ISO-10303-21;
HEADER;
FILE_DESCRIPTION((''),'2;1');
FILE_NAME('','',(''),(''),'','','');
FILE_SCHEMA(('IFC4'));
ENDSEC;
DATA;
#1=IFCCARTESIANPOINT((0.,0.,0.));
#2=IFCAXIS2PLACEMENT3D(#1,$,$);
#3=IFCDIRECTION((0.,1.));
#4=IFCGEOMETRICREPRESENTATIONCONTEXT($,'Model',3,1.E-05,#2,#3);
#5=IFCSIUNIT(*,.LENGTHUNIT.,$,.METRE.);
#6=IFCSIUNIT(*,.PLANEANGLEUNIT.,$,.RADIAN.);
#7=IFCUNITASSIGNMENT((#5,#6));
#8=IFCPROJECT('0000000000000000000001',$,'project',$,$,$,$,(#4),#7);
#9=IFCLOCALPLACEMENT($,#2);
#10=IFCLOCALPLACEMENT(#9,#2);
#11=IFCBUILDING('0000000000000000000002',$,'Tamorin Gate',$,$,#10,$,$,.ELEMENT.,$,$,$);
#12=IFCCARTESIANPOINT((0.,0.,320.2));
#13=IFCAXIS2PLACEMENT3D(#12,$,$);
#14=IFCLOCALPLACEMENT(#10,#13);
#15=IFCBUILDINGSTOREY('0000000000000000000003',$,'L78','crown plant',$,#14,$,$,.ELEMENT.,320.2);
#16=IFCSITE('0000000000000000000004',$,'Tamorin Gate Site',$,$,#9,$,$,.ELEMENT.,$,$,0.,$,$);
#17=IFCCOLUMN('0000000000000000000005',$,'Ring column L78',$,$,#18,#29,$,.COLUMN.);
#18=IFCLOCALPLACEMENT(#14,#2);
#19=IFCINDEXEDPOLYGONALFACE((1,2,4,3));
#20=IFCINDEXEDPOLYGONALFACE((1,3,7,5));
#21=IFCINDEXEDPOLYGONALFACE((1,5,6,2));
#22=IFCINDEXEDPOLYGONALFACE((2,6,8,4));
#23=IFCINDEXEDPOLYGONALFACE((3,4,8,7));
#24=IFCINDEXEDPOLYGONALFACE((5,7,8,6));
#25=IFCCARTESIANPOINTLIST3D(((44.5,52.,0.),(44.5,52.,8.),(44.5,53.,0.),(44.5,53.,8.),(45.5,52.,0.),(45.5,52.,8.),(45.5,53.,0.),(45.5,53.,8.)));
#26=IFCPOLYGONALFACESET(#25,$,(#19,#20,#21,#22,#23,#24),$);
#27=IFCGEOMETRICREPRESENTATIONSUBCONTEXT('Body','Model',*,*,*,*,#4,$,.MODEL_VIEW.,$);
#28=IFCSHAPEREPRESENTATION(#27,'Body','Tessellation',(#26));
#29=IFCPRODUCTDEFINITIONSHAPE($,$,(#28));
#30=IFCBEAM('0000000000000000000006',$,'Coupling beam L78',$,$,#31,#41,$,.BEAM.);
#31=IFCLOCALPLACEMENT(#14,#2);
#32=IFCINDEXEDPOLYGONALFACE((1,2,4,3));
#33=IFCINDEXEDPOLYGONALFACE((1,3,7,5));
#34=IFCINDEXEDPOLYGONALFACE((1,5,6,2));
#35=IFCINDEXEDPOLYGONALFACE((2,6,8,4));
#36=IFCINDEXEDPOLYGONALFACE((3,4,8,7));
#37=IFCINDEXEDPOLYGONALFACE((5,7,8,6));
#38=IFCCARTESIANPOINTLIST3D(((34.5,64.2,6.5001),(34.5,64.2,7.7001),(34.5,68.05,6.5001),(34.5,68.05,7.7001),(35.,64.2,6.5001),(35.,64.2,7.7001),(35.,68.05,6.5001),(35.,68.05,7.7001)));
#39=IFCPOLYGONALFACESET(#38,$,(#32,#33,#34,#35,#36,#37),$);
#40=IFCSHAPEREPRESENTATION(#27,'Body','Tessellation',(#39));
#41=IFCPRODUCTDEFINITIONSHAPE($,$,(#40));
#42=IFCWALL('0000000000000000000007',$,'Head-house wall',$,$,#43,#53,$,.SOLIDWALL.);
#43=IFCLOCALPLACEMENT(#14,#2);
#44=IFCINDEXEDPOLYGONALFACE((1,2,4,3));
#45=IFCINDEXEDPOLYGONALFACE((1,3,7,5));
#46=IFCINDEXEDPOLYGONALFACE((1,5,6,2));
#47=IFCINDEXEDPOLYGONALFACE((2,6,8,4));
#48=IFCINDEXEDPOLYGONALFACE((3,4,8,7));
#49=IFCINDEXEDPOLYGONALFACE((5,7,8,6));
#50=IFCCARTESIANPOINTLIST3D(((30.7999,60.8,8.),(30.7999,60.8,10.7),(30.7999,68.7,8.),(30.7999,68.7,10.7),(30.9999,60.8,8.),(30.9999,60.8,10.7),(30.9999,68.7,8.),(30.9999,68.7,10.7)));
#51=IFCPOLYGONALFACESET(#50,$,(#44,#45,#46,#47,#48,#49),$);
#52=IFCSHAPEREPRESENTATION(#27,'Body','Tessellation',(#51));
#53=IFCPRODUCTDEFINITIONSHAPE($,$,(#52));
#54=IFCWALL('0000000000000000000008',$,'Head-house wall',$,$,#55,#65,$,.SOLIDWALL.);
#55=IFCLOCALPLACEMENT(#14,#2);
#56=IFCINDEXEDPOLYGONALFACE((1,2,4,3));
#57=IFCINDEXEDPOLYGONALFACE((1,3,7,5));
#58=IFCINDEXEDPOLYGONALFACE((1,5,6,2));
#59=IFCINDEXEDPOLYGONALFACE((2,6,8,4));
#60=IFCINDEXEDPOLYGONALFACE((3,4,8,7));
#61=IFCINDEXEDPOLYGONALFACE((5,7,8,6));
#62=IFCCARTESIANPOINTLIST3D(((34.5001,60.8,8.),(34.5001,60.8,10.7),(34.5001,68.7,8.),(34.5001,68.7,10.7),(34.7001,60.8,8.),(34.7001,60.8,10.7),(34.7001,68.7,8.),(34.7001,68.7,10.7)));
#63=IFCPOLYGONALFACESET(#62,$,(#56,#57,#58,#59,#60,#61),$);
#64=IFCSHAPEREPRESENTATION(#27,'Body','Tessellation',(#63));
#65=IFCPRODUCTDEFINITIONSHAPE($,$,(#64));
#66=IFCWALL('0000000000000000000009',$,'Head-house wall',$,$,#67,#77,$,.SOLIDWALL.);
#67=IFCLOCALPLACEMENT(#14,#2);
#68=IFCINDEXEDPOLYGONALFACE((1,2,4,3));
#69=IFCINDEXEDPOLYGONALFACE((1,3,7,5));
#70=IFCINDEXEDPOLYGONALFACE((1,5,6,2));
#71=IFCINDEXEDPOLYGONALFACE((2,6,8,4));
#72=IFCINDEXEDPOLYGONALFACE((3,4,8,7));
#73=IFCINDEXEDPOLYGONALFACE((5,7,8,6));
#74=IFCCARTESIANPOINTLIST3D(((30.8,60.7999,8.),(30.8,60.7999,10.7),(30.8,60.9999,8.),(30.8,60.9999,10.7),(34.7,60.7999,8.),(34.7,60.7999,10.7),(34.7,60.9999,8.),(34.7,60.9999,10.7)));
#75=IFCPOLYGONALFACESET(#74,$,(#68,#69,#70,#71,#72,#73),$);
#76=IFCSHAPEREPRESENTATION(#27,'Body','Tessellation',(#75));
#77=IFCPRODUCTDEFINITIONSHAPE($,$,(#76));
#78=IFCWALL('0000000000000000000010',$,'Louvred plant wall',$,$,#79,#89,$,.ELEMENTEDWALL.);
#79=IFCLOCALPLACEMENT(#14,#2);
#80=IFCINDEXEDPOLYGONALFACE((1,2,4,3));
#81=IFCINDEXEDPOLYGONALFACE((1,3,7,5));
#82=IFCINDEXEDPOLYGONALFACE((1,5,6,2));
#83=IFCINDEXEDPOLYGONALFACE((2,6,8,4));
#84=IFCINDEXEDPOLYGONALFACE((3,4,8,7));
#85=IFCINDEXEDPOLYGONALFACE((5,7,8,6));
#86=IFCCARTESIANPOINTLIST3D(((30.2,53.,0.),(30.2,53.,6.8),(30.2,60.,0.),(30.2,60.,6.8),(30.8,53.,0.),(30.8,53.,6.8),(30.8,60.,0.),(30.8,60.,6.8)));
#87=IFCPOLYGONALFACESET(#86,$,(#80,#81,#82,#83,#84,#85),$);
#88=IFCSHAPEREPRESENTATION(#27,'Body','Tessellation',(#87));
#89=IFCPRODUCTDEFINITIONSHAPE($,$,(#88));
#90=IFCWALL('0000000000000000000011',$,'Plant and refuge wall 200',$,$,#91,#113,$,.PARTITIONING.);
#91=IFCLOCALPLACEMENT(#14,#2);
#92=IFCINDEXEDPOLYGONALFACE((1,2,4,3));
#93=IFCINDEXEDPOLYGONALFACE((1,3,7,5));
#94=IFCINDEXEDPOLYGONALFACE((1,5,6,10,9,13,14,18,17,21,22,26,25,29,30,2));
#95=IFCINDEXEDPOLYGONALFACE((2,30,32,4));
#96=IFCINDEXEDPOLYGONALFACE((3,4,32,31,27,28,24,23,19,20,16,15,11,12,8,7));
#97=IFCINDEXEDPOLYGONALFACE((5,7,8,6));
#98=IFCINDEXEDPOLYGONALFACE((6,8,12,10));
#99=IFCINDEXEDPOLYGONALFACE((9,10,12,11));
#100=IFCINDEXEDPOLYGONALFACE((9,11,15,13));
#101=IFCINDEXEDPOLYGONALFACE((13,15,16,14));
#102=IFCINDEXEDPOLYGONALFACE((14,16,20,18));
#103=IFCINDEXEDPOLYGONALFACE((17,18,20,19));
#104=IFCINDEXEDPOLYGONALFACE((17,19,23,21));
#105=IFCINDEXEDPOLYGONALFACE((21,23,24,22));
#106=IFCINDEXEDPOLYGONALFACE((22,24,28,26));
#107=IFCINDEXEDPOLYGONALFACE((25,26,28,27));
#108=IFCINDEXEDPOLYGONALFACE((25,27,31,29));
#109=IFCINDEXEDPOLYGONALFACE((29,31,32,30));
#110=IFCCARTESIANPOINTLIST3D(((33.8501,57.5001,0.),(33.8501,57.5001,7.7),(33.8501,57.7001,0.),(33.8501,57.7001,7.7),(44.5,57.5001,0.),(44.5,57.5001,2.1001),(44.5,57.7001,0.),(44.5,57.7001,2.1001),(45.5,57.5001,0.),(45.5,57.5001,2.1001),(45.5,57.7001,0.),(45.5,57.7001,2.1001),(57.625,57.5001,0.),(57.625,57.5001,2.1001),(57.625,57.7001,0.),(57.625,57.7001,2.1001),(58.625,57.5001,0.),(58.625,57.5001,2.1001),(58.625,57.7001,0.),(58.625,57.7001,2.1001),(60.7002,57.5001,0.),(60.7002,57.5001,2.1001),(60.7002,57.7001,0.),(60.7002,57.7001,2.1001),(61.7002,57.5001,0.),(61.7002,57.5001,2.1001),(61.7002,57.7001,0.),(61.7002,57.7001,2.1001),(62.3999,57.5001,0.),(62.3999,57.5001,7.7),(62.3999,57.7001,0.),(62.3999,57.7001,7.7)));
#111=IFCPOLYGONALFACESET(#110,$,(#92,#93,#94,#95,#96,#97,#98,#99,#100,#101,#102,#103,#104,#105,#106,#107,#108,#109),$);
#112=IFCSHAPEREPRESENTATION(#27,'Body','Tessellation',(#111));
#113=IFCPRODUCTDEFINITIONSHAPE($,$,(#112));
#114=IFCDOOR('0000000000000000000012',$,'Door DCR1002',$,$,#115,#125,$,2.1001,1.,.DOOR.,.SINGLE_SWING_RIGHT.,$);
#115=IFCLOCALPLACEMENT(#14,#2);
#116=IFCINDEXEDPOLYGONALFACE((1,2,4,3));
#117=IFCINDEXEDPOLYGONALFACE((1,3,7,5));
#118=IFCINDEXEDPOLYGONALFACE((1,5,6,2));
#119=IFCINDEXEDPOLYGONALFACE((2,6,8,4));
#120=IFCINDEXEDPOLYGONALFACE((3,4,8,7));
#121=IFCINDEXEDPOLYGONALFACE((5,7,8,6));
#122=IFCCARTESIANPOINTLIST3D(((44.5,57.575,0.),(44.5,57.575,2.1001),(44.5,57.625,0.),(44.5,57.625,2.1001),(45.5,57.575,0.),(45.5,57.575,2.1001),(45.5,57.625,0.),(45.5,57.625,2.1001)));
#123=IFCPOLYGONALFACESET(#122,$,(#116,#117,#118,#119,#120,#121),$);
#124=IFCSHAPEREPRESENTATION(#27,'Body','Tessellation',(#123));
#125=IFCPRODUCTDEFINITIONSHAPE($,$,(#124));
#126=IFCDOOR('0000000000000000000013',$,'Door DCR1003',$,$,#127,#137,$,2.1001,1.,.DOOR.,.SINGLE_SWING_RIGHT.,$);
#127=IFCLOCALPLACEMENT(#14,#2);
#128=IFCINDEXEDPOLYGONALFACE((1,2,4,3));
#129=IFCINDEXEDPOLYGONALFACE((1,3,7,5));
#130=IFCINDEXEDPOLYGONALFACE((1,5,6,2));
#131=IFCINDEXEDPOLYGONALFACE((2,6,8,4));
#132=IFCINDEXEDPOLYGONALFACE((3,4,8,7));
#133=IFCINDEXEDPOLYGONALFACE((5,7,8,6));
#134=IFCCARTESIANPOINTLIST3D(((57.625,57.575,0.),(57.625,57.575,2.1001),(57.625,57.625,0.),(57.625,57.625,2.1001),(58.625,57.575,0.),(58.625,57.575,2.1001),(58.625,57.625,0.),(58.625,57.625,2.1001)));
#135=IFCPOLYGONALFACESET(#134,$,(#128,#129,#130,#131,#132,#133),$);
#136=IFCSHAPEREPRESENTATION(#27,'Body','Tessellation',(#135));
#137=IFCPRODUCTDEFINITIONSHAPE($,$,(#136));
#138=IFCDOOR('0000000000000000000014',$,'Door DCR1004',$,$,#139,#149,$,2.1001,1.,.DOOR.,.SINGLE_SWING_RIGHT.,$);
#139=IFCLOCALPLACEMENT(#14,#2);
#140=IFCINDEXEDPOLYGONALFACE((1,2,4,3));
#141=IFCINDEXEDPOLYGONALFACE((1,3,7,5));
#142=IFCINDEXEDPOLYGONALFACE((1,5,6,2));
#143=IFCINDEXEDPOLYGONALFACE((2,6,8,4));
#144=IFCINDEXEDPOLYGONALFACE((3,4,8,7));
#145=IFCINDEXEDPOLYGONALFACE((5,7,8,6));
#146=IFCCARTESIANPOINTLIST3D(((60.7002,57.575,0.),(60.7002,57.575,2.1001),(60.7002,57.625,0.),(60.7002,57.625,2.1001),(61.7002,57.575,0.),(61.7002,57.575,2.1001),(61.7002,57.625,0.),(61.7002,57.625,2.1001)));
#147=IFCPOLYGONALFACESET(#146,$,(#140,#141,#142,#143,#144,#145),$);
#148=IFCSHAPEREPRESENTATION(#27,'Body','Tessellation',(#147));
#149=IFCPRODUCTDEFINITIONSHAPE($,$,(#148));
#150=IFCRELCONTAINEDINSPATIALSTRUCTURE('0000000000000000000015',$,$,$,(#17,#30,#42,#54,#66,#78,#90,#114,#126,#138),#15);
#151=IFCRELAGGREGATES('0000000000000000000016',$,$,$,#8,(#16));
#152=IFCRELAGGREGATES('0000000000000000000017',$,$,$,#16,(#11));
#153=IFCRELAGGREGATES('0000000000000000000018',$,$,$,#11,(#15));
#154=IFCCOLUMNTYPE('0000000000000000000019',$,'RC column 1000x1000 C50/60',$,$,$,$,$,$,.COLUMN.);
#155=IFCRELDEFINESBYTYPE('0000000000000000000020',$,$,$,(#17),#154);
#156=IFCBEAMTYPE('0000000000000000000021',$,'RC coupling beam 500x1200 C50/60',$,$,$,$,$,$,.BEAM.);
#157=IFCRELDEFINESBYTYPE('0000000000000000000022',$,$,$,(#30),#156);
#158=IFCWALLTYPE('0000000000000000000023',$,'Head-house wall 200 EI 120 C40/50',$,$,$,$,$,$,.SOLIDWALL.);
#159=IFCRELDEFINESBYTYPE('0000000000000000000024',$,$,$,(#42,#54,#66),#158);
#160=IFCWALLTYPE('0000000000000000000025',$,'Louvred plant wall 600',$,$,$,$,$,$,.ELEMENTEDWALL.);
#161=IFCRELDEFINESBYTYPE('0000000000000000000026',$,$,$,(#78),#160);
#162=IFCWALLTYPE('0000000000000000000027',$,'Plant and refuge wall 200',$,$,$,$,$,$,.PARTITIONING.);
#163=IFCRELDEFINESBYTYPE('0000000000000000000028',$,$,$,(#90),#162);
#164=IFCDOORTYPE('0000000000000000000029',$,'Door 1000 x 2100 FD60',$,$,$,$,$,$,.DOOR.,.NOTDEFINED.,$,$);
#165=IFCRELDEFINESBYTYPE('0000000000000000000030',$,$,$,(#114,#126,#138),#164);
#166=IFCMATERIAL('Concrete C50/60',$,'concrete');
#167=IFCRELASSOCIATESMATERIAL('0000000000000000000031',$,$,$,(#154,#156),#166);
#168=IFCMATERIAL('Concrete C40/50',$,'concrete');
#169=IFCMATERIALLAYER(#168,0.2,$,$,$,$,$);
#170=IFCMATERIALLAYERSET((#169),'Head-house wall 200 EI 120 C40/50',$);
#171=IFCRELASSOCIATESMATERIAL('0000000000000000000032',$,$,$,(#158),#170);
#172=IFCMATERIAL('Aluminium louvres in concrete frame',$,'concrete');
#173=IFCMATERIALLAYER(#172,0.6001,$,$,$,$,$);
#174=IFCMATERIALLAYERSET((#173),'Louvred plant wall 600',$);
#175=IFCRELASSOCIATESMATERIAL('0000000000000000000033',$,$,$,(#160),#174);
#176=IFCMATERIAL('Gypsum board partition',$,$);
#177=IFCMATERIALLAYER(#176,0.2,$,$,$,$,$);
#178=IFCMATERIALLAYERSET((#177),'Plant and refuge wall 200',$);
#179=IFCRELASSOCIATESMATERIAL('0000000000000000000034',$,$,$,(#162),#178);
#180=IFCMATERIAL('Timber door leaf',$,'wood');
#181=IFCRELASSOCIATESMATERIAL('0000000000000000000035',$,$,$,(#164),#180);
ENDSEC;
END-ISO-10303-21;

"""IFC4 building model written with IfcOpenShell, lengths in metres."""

from ifc_helpers import new_model, si_unit, direction, frame, frame_2d, origin, origin_2d, place, context, subcontext, project, spatial, rectangle, extrude, material, layer, layer_set, material_profile, profile_set, type_object, element, fill, save


model = new_model("IFC4")

# Units and contexts
model_context = context("Model", 3, precision=1e-05, world=origin(), true_north=direction((0.0, 1.0)))
body_context = subcontext(model_context, "Body", "Model", "MODEL_VIEW")
ifc_project = project(units=[si_unit("LENGTHUNIT", "METRE"), si_unit("PLANEANGLEUNIT", "RADIAN")], contexts=[model_context])

# Site, building, storey
site_placement = place(None, origin())
site = spatial("IfcSite", under=ifc_project, at=site_placement, Name="Tamorin Gate Site", CompositionType="ELEMENT", RefElevation=0.0)
building_placement = place(site_placement, origin())
building = spatial("IfcBuilding", under=site, at=building_placement, Name="Tamorin Gate", CompositionType="ELEMENT")
storey_placement = place(building_placement, frame((0.0, 0.0, 320.2)))
storey = spatial("IfcBuildingStorey", under=building, at=storey_placement, Name="L78", Description="crown plant", CompositionType="ELEMENT", Elevation=320.2)

# Column
ifc_material_1 = material(Name="Concrete C50/60", Category="concrete")
ifc_material_profile_1 = material_profile(ifc_material_1, rectangle(XDim=1.0, YDim=1.0, at=origin_2d()), Name="RC 1000x1000")
ifc_profile_set_1 = profile_set([ifc_material_profile_1], Name="Concrete C50/60")
column_type = type_object("IfcColumnType", Name="RC column 1000x1000 C50/60", PredefinedType="COLUMN", material=ifc_profile_set_1)
column_placement = place(storey_placement, frame((45.0, 52.5, 0.0), z_axis=(0.0, 0.0, 1.0), x_axis=(1.0, 0.0, 0.0)))
element("IfcColumn", 1, at=column_placement, inside=storey, type_object=column_type, Name="Ring column L78", PredefinedType="COLUMN", context=body_context, shape_type="SweptSolid", body=[
    extrude(rectangle(XDim=1.0, YDim=1.0, at=origin_2d()), origin(), (0.0, 0.0, 1.0), 8.0),
])

# Beam
ifc_material_profile_2 = material_profile(ifc_material_1, rectangle(XDim=0.5, YDim=1.2, at=origin_2d()), Name="RC 500x1200")
ifc_profile_set_2 = profile_set([ifc_material_profile_2], Name="Concrete C50/60")
beam_type = type_object("IfcBeamType", Name="RC coupling beam 500x1200 C50/60", PredefinedType="BEAM", material=ifc_profile_set_2)
beam_placement = place(storey_placement, frame((34.75, 64.2, 7.1001), z_axis=(0.0, 1.0, 0.0), x_axis=(-1.0, 0.0, 0.0)))
element("IfcBeam", 2, at=beam_placement, inside=storey, type_object=beam_type, Name="Coupling beam L78", PredefinedType="BEAM", context=body_context, shape_type="SweptSolid", body=[
    extrude(rectangle(XDim=0.5, YDim=1.2, at=origin_2d()), origin(), (0.0, 0.0, 1.0), 3.8501),
])

# Walls
ifc_material_2 = material(Name="Concrete C40/50", Category="concrete")
ifc_layer_1 = layer(ifc_material_2, 0.2)
ifc_layer_set_1 = layer_set([ifc_layer_1], Name="Head-house wall 200 EI 120 C40/50")
wall_type_1 = type_object("IfcWallType", Name="Head-house wall 200 EI 120 C40/50", PredefinedType="SOLIDWALL", material=ifc_layer_set_1)
for number, where, z_axis, x_axis, name in (
    (3, (30.8999, 60.8, 8.0), (0.0, 0.0, 1.0), (0.0, 1.0, 0.0), "Head-house wall"),
    (4, (34.6001, 60.8, 8.0), (0.0, 0.0, 1.0), (0.0, 1.0, 0.0), "Head-house wall"),
):
    element("IfcWall", number, at=place(storey_placement, frame(where, z_axis=z_axis, x_axis=x_axis)), inside=storey, type_object=wall_type_1, Name=name, PredefinedType="SOLIDWALL", context=body_context, shape_type="SweptSolid", body=[
        extrude(rectangle(XDim=7.8999, YDim=0.2, at=frame_2d((3.95, 0.0))), origin(), (0.0, 0.0, 1.0), 2.7),
    ])
wall_1_placement = place(storey_placement, frame((30.8, 60.8999, 8.0), z_axis=(0.0, 0.0, 1.0), x_axis=(1.0, 0.0, 0.0)))
element("IfcWall", 5, at=wall_1_placement, inside=storey, type_object=wall_type_1, Name="Head-house wall", PredefinedType="SOLIDWALL", context=body_context, shape_type="SweptSolid", body=[
    extrude(rectangle(XDim=3.8999, YDim=0.2, at=frame_2d((1.95, 0.0))), origin(), (0.0, 0.0, 1.0), 2.7),
])
ifc_material_3 = material(Name="Aluminium louvres in concrete frame", Category="concrete")
ifc_layer_2 = layer(ifc_material_3, 0.6001)
ifc_layer_set_2 = layer_set([ifc_layer_2], Name="Louvred plant wall 600")
wall_type_2 = type_object("IfcWallType", Name="Louvred plant wall 600", PredefinedType="ELEMENTEDWALL", material=ifc_layer_set_2)
wall_2_placement = place(storey_placement, frame((30.5, 60.0, 0.0), z_axis=(0.0, 0.0, 1.0), x_axis=(0.0, -1.0, 0.0)))
element("IfcWall", 6, at=wall_2_placement, inside=storey, type_object=wall_type_2, Name="Louvred plant wall", PredefinedType="ELEMENTEDWALL", context=body_context, shape_type="SweptSolid", body=[
    extrude(rectangle(XDim=7.0, YDim=0.6001, at=frame_2d((3.5, 0.0))), origin(), (0.0, 0.0, 1.0), 6.8),
])

# Wall, openings, doors
ifc_material_4 = material(Name="Gypsum board partition")
ifc_layer_3 = layer(ifc_material_4, 0.2)
ifc_layer_set_3 = layer_set([ifc_layer_3], Name="Plant and refuge wall 200")
wall_type_3 = type_object("IfcWallType", Name="Plant and refuge wall 200", PredefinedType="PARTITIONING", material=ifc_layer_set_3)
wall_3_placement = place(storey_placement, frame((33.8501, 57.6001, 0.0), z_axis=(0.0, 0.0, 1.0), x_axis=(1.0, 0.0, 0.0)))
wall_3 = element("IfcWall", 7, at=wall_3_placement, inside=storey, type_object=wall_type_3, Name="Plant and refuge wall 200", PredefinedType="PARTITIONING", context=body_context, shape_type="SweptSolid", body=[
    extrude(rectangle(XDim=28.5498, YDim=0.2, at=frame_2d((14.2749, 0.0))), origin(), (0.0, 0.0, 1.0), 7.7),
])
opening_1_placement = place(wall_3_placement, frame((10.6499, 0.0, 0.0)))
opening_1 = element("IfcOpeningElement", 8, at=opening_1_placement, cuts=wall_3, PredefinedType="OPENING", context=body_context, shape_type="SweptSolid", body=[
    extrude(rectangle(XDim=1.0, YDim=2.1001, at=frame_2d((0.5, 1.05))), frame((0.0, 0.1099, 0.0), z_axis=(0.0, -1.0, 0.0), x_axis=(1.0, 0.0, 0.0)), (0.0, 0.0, 1.0), 0.22),
])
opening_2_placement = place(wall_3_placement, frame((23.7749, 0.0, 0.0)))
opening_2 = element("IfcOpeningElement", 9, at=opening_2_placement, cuts=wall_3, PredefinedType="OPENING", context=body_context, shape_type="SweptSolid", body=[
    extrude(rectangle(XDim=1.0, YDim=2.1001, at=frame_2d((0.5, 1.05))), frame((0.0, 0.1099, 0.0), z_axis=(0.0, -1.0, 0.0), x_axis=(1.0, 0.0, 0.0)), (0.0, 0.0, 1.0), 0.22),
])
opening_3_placement = place(wall_3_placement, frame((26.8501, 0.0, 0.0)))
opening_3 = element("IfcOpeningElement", 10, at=opening_3_placement, cuts=wall_3, PredefinedType="OPENING", context=body_context, shape_type="SweptSolid", body=[
    extrude(rectangle(XDim=1.0, YDim=2.1001, at=frame_2d((0.5, 1.05))), frame((0.0, 0.1099, 0.0), z_axis=(0.0, -1.0, 0.0), x_axis=(1.0, 0.0, 0.0)), (0.0, 0.0, 1.0), 0.22),
])
ifc_material_5 = material(Name="Timber door leaf", Category="wood")
door_type_1 = type_object("IfcDoorType", Name="Door 1000 x 2100 FD60", OperationType="NOTDEFINED", PredefinedType="DOOR", material=ifc_material_5)
door_1_placement = place(opening_1_placement, origin())
door_1 = element("IfcDoor", 11, at=door_1_placement, inside=storey, type_object=door_type_1, Name="Door DCR1002", OperationType="SINGLE_SWING_RIGHT", OverallHeight=2.1001, OverallWidth=1.0, PredefinedType="DOOR", context=body_context, shape_type="SweptSolid", body=[
    extrude(rectangle(XDim=1.0, YDim=2.1001, at=frame_2d((0.5, 1.05))), frame((0.0, 0.0249, 0.0), z_axis=(0.0, -1.0, 0.0), x_axis=(1.0, 0.0, 0.0)), (0.0, 0.0, 1.0), 0.05),
])
fill(opening_1, door_1)
door_2_placement = place(opening_2_placement, origin())
door_2 = element("IfcDoor", 12, at=door_2_placement, inside=storey, type_object=door_type_1, Name="Door DCR1003", OperationType="SINGLE_SWING_RIGHT", OverallHeight=2.1001, OverallWidth=1.0, PredefinedType="DOOR", context=body_context, shape_type="SweptSolid", body=[
    extrude(rectangle(XDim=1.0, YDim=2.1001, at=frame_2d((0.5, 1.05))), frame((0.0, 0.0249, 0.0), z_axis=(0.0, -1.0, 0.0), x_axis=(1.0, 0.0, 0.0)), (0.0, 0.0, 1.0), 0.05),
])
fill(opening_2, door_2)
door_3_placement = place(opening_3_placement, origin())
door_3 = element("IfcDoor", 13, at=door_3_placement, inside=storey, type_object=door_type_1, Name="Door DCR1004", OperationType="SINGLE_SWING_RIGHT", OverallHeight=2.1001, OverallWidth=1.0, PredefinedType="DOOR", context=body_context, shape_type="SweptSolid", body=[
    extrude(rectangle(XDim=1.0, YDim=2.1001, at=frame_2d((0.5, 1.05))), frame((0.0, 0.0249, 0.0), z_axis=(0.0, -1.0, 0.0), x_axis=(1.0, 0.0, 0.0)), (0.0, 0.0, 1.0), 0.05),
])
fill(opening_3, door_3)

save(model, "model.ifc")
